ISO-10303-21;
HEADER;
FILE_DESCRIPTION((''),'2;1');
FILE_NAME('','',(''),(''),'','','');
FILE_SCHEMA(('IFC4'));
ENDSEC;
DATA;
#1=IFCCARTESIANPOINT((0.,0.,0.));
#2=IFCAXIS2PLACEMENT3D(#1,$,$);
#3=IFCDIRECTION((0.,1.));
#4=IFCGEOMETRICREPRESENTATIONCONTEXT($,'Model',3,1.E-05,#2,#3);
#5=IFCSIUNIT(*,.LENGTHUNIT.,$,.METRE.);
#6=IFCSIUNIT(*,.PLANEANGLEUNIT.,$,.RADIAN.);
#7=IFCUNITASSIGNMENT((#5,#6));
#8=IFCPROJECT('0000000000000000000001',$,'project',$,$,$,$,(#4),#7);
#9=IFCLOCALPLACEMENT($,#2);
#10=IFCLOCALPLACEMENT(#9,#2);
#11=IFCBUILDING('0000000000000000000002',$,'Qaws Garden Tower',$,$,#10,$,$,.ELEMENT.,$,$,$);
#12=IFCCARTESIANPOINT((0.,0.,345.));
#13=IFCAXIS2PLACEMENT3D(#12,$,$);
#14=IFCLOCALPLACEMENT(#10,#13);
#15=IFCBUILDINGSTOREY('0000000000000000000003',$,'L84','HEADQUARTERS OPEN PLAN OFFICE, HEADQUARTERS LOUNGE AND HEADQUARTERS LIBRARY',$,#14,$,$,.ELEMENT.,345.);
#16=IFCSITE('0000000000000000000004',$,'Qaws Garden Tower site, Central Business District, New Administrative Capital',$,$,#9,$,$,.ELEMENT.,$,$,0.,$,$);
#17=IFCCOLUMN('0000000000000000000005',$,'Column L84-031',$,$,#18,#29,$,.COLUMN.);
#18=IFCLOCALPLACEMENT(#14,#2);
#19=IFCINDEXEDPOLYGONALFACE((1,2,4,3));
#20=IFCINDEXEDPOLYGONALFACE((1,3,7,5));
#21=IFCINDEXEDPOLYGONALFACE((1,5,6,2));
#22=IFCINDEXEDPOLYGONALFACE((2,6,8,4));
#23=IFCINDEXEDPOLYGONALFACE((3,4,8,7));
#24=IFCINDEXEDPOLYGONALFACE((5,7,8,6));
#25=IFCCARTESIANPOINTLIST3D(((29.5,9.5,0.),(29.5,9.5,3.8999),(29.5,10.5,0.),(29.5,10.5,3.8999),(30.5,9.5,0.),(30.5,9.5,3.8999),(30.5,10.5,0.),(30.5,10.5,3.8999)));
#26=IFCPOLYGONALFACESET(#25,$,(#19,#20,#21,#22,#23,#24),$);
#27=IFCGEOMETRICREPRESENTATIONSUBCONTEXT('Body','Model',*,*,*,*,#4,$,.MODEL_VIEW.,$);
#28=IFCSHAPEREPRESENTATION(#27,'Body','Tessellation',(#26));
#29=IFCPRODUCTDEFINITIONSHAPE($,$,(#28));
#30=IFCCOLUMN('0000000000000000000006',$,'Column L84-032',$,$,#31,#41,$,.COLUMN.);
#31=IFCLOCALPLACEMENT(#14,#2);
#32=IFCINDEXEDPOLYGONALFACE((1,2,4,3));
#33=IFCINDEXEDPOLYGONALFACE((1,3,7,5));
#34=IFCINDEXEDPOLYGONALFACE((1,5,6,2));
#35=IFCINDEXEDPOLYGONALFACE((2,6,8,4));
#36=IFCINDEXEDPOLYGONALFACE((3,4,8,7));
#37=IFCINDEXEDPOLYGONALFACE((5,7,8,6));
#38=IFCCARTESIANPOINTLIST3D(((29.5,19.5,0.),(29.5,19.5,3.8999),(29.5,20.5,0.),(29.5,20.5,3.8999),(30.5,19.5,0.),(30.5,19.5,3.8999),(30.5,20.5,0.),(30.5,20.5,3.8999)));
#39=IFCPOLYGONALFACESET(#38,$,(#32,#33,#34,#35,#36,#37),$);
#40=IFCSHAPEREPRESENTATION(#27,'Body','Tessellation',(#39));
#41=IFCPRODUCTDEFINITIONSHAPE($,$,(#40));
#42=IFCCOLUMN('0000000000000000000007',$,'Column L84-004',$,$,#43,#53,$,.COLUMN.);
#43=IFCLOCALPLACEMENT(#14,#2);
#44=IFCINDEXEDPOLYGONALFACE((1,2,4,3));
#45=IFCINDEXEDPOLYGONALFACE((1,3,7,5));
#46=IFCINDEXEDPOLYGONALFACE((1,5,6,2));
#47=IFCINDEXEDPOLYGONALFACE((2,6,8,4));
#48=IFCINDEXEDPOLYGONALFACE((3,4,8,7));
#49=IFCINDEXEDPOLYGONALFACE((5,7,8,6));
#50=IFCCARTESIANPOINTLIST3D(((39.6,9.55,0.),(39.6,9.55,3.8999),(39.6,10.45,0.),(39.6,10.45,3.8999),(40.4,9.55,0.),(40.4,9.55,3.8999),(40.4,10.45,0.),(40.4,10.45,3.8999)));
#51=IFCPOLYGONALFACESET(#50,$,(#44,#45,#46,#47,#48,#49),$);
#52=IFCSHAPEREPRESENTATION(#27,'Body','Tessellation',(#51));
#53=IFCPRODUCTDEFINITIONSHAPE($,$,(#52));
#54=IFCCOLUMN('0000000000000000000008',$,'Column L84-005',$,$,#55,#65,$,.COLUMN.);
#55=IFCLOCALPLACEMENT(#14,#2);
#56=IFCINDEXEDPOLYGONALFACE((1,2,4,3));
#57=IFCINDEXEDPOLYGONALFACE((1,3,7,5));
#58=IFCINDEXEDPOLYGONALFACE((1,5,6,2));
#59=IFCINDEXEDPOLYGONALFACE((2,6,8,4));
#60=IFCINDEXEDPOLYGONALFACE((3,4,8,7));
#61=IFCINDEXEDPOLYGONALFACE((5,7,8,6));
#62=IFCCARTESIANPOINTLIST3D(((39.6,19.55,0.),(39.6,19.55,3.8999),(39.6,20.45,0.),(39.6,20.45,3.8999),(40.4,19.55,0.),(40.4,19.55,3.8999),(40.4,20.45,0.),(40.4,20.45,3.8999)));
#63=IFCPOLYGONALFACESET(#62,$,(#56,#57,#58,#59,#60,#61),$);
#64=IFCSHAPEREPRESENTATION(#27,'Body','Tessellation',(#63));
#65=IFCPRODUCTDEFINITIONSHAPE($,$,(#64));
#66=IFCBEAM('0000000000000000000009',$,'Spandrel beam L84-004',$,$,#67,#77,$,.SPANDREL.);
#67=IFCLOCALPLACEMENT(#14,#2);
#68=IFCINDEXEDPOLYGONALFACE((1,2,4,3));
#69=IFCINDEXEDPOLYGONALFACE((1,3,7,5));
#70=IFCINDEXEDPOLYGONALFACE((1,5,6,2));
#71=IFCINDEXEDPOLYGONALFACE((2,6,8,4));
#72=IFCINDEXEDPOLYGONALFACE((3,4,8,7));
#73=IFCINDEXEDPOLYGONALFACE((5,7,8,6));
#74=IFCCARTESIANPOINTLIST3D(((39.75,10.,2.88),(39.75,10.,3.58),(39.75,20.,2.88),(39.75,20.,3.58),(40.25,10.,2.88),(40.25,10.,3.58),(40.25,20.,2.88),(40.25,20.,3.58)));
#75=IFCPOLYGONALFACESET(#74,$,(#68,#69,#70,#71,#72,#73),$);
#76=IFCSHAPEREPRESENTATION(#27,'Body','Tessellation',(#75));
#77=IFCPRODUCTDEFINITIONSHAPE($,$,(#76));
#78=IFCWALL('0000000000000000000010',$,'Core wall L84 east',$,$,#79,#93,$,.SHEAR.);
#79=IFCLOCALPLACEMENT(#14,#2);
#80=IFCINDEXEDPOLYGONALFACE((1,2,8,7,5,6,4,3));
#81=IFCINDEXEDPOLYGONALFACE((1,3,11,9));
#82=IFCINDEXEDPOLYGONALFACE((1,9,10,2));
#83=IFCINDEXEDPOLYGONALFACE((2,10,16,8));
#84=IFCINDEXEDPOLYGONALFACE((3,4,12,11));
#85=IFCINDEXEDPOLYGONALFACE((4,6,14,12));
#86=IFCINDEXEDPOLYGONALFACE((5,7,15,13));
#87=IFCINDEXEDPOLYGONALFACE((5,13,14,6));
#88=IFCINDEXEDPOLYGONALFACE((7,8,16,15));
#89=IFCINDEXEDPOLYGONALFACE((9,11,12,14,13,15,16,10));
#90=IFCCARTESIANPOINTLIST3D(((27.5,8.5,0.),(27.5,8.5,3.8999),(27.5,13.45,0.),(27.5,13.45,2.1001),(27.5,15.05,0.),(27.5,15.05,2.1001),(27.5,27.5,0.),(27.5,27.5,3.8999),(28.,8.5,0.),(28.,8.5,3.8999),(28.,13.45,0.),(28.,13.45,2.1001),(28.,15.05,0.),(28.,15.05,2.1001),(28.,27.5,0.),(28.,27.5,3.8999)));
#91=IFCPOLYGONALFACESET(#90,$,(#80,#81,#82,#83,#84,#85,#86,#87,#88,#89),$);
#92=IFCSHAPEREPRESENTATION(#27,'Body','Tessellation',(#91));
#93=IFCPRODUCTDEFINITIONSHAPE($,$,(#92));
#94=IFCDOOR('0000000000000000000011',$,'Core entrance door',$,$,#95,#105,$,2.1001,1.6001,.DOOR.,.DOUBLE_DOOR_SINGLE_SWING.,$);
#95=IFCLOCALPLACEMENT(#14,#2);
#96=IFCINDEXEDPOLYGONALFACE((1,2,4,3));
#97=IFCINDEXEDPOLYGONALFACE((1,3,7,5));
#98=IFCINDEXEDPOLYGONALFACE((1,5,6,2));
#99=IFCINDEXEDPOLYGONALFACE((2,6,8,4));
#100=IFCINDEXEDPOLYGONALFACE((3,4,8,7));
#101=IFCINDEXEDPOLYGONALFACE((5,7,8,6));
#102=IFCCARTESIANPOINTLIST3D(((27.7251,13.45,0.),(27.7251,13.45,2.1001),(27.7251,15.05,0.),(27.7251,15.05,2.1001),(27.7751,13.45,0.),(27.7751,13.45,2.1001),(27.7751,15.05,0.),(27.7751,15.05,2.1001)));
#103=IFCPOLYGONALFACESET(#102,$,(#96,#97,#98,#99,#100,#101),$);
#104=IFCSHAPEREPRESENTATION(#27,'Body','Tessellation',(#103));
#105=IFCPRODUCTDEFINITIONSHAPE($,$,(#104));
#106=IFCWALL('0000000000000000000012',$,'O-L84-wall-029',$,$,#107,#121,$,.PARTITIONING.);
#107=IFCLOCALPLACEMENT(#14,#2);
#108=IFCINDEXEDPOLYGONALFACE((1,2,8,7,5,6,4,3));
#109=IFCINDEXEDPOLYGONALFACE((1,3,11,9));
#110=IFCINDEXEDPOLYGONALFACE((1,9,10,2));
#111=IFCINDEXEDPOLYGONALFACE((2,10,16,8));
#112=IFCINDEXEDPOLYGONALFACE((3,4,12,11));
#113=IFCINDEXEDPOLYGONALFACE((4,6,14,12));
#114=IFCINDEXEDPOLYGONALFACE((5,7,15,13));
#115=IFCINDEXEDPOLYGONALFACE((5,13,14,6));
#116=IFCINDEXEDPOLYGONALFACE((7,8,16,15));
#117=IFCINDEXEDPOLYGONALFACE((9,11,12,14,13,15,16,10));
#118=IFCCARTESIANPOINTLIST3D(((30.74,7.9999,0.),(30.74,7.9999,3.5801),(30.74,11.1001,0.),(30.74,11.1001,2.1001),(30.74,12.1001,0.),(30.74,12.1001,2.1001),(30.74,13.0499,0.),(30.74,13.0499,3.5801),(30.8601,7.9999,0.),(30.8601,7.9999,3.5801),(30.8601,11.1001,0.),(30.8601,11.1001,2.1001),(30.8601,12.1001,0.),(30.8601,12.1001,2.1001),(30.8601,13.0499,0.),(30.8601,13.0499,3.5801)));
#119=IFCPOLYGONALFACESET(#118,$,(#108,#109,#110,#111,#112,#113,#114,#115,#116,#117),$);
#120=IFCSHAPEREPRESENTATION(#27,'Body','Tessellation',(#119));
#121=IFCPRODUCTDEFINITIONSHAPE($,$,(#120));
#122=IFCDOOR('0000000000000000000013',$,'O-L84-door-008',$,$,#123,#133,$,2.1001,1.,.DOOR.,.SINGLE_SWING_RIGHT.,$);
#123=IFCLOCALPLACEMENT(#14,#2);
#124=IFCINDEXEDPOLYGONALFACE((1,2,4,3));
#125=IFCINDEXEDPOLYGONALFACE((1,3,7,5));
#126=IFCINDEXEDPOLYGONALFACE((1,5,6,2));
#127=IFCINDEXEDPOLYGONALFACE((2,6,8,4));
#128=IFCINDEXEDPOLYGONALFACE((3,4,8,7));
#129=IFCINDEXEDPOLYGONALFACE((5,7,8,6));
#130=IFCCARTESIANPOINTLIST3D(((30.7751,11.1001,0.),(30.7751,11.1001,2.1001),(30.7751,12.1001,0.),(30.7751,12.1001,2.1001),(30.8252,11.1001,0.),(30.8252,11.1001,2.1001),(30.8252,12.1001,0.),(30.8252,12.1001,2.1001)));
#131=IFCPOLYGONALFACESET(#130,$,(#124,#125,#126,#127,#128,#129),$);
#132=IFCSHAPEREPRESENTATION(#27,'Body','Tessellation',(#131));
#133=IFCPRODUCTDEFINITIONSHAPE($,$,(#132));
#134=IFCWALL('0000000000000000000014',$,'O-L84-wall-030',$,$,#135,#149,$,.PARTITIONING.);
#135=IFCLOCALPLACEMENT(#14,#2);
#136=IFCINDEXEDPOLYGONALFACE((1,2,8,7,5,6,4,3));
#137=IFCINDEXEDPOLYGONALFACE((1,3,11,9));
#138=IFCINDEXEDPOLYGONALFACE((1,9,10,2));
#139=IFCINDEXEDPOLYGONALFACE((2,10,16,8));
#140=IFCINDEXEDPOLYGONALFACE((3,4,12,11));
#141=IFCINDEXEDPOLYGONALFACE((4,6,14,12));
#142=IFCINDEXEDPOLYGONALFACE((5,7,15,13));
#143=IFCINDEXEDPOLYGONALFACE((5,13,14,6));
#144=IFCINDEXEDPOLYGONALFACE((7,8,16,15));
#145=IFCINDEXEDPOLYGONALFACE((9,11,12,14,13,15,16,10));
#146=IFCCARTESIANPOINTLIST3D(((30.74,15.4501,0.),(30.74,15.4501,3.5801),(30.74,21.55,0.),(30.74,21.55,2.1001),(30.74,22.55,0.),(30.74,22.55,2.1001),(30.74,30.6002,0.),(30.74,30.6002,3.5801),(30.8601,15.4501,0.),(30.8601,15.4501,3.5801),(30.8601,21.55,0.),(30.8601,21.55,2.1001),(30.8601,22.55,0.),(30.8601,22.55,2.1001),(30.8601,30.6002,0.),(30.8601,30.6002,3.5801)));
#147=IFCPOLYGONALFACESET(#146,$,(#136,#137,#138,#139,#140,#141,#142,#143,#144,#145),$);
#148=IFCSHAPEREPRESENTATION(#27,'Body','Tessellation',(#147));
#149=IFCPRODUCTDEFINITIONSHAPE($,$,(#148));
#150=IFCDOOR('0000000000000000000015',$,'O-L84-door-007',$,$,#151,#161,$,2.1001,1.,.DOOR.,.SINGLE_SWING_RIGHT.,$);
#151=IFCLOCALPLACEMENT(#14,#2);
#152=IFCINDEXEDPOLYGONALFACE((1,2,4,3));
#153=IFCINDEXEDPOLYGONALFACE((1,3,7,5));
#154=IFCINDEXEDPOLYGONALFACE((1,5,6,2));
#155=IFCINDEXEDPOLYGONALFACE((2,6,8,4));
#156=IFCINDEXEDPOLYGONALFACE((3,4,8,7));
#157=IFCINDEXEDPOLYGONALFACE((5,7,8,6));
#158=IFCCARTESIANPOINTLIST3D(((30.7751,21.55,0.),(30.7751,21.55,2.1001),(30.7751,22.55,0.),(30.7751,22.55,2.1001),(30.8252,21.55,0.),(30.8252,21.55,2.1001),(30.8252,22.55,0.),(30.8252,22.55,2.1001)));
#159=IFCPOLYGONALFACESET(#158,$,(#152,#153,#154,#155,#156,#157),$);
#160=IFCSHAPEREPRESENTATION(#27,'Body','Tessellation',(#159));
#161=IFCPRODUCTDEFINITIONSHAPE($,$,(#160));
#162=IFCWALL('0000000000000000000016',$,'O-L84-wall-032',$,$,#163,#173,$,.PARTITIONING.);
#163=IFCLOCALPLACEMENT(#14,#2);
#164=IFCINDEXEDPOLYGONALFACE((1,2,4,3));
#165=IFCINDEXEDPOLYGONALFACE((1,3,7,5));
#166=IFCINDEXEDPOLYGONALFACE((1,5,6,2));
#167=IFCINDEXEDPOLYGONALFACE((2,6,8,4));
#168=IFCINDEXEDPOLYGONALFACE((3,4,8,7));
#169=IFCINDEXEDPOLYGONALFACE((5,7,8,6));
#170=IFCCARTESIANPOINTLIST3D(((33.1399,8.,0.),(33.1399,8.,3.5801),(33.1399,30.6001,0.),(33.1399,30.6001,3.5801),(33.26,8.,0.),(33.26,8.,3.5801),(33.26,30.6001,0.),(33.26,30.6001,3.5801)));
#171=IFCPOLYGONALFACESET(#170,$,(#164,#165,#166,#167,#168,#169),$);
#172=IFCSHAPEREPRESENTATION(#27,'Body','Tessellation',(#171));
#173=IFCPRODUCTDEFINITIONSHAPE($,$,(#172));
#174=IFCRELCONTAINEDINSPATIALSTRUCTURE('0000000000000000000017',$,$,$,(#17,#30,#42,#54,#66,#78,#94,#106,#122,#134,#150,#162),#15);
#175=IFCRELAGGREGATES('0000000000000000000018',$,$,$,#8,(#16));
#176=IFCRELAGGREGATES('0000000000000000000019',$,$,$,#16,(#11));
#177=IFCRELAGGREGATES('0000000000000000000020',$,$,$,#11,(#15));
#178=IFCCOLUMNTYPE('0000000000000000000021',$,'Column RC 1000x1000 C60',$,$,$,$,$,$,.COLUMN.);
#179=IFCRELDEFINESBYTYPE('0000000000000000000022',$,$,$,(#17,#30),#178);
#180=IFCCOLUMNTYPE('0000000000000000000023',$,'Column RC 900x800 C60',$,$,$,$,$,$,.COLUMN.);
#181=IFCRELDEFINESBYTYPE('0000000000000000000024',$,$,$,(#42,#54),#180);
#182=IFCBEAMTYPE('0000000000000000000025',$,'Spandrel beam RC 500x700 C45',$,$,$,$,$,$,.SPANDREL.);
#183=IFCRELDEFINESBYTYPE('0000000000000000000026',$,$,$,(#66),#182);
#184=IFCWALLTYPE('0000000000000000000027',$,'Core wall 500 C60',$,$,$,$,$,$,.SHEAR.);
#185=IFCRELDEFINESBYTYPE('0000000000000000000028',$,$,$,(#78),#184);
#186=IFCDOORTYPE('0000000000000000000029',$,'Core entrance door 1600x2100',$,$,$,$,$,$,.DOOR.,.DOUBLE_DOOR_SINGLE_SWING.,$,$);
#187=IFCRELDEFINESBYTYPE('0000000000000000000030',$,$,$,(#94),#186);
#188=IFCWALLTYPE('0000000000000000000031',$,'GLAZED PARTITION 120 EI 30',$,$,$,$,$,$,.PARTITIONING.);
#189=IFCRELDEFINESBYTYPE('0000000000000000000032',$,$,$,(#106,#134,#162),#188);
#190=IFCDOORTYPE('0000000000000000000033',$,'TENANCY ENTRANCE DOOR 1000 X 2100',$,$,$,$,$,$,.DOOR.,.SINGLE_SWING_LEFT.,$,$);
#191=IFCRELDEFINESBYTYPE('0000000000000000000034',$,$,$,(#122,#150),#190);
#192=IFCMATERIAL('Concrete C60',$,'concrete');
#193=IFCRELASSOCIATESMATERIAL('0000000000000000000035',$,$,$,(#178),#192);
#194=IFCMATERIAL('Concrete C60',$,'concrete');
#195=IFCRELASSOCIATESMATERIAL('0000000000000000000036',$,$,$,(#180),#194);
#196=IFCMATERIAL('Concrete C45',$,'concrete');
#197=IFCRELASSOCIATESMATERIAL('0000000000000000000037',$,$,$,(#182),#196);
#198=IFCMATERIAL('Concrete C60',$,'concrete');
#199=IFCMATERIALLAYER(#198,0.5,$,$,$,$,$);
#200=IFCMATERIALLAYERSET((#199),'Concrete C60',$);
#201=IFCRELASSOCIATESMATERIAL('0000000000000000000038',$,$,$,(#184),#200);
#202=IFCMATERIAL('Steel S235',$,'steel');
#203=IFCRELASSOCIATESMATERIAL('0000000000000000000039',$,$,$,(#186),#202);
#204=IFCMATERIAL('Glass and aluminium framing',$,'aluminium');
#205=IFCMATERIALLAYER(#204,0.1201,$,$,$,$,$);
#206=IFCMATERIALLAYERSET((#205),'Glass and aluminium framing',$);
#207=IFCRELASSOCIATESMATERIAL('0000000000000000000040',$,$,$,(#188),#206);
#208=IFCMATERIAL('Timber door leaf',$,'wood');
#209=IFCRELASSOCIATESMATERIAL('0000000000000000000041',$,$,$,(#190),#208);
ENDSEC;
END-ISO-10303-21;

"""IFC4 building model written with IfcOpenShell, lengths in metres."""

from ifc_helpers import new_model, si_unit, direction, frame, frame_2d, origin, origin_2d, place, context, subcontext, project, spatial, rectangle, extrude, material, layer, layer_set, material_profile, profile_set, type_object, element, fill, save


model = new_model("IFC4")

# Units and contexts
model_context = context("Model", 3, precision=1e-05, world=origin(), true_north=direction((0.0, 1.0)))
body_context = subcontext(model_context, "Body", "Model", "MODEL_VIEW")
ifc_project = project(units=[si_unit("LENGTHUNIT", "METRE"), si_unit("PLANEANGLEUNIT", "RADIAN")], contexts=[model_context])

# Site, building, storey
site_placement = place(None, origin())
site = spatial("IfcSite", under=ifc_project, at=site_placement, Name="Qaws Garden Tower site, Central Business District, New Administrative Capital", CompositionType="ELEMENT", RefElevation=0.0)
building_placement = place(site_placement, origin())
building = spatial("IfcBuilding", under=site, at=building_placement, Name="Qaws Garden Tower", CompositionType="ELEMENT")
storey_placement = place(building_placement, frame((0.0, 0.0, 345.0)))
storey = spatial("IfcBuildingStorey", under=building, at=storey_placement, Name="L84", Description="HEADQUARTERS OPEN PLAN OFFICE, HEADQUARTERS LOUNGE AND HEADQUARTERS LIBRARY", CompositionType="ELEMENT", Elevation=345.0)

# Columns
ifc_material_1 = material(Name="Concrete C60", Category="concrete")
ifc_material_profile_1 = material_profile(ifc_material_1, rectangle(XDim=1.0, YDim=1.0, at=origin_2d()), Name="RC 1000x1000")
ifc_profile_set_1 = profile_set([ifc_material_profile_1], Name="Concrete C60")
column_type_1 = type_object("IfcColumnType", Name="Column RC 1000x1000 C60", PredefinedType="COLUMN", material=ifc_profile_set_1)
for number, where, z_axis, x_axis, name in (
    (1, (30.0, 10.0, 0.0), (0.0, 0.0, 1.0), (1.0, 0.0, 0.0), "Column L84-031"),
    (2, (30.0, 20.0, 0.0), (0.0, 0.0, 1.0), (1.0, 0.0, 0.0), "Column L84-032"),
):
    element("IfcColumn", number, at=place(storey_placement, frame(where, z_axis=z_axis, x_axis=x_axis)), inside=storey, type_object=column_type_1, Name=name, PredefinedType="COLUMN", context=body_context, shape_type="SweptSolid", body=[
        extrude(rectangle(XDim=1.0, YDim=1.0, at=origin_2d()), origin(), (0.0, 0.0, 1.0), 3.8999),
    ])
ifc_material_2 = material(Name="Concrete C60", Category="concrete")
ifc_material_profile_2 = material_profile(ifc_material_2, rectangle(XDim=0.8999, YDim=0.8, at=origin_2d()), Name="RC 900x800")
ifc_profile_set_2 = profile_set([ifc_material_profile_2], Name="Concrete C60")
column_type_2 = type_object("IfcColumnType", Name="Column RC 900x800 C60", PredefinedType="COLUMN", material=ifc_profile_set_2)
for number, where, z_axis, x_axis, name in (
    (3, (40.0, 10.0, 0.0), (0.0, 0.0, 1.0), (0.0, 1.0, 0.0), "Column L84-004"),
    (4, (40.0, 20.0, 0.0), (0.0, 0.0, 1.0), (0.0, 1.0, 0.0), "Column L84-005"),
):
    element("IfcColumn", number, at=place(storey_placement, frame(where, z_axis=z_axis, x_axis=x_axis)), inside=storey, type_object=column_type_2, Name=name, PredefinedType="COLUMN", context=body_context, shape_type="SweptSolid", body=[
        extrude(rectangle(XDim=0.8999, YDim=0.8, at=origin_2d()), origin(), (0.0, 0.0, 1.0), 3.8999),
    ])

# Beam
ifc_material_3 = material(Name="Concrete C45", Category="concrete")
ifc_material_profile_3 = material_profile(ifc_material_3, rectangle(XDim=0.5, YDim=0.7, at=origin_2d()), Name="RC 500x700")
ifc_profile_set_3 = profile_set([ifc_material_profile_3], Name="Concrete C45")
beam_type = type_object("IfcBeamType", Name="Spandrel beam RC 500x700 C45", PredefinedType="SPANDREL", material=ifc_profile_set_3)
beam_placement = place(storey_placement, frame((40.0, 10.0, 3.23), z_axis=(0.0, 1.0, 0.0), x_axis=(-1.0, 0.0, 0.0)))
element("IfcBeam", 5, at=beam_placement, inside=storey, type_object=beam_type, Name="Spandrel beam L84-004", PredefinedType="SPANDREL", context=body_context, shape_type="SweptSolid", body=[
    extrude(rectangle(XDim=0.5, YDim=0.7, at=origin_2d()), origin(), (0.0, 0.0, 1.0), 10.0),
])

# Walls, openings, doors
ifc_material_4 = material(Name="Concrete C60", Category="concrete")
ifc_layer_1 = layer(ifc_material_4, 0.5)
ifc_layer_set_1 = layer_set([ifc_layer_1], Name="Concrete C60")
wall_type_1 = type_object("IfcWallType", Name="Core wall 500 C60", PredefinedType="SHEAR", material=ifc_layer_set_1)
wall_1_placement = place(storey_placement, frame((27.75, 8.5, 0.0), z_axis=(0.0, 0.0, 1.0), x_axis=(0.0, 1.0, 0.0)))
wall_1 = element("IfcWall", 6, at=wall_1_placement, inside=storey, type_object=wall_type_1, Name="Core wall L84 east", PredefinedType="SHEAR", context=body_context, shape_type="SweptSolid", body=[
    extrude(rectangle(XDim=19.0, YDim=0.5, at=frame_2d((9.5, 0.0))), origin(), (0.0, 0.0, 1.0), 3.8999),
])
opening_1_placement = place(wall_1_placement, frame((4.95, 0.0, 0.0)))
opening_1 = element("IfcOpeningElement", 7, at=opening_1_placement, cuts=wall_1, PredefinedType="OPENING", context=body_context, shape_type="SweptSolid", body=[
    extrude(rectangle(XDim=1.6001, YDim=2.1001, at=frame_2d((0.8, 1.05))), frame((0.0, 0.26, 0.0), z_axis=(0.0, -1.0, 0.0), x_axis=(1.0, 0.0, 0.0)), (0.0, 0.0, 1.0), 0.52),
])
ifc_material_5 = material(Name="Steel S235", Category="steel")
door_type_1 = type_object("IfcDoorType", Name="Core entrance door 1600x2100", OperationType="DOUBLE_DOOR_SINGLE_SWING", PredefinedType="DOOR", material=ifc_material_5)
door_1_placement = place(opening_1_placement, origin())
door_1 = element("IfcDoor", 8, at=door_1_placement, inside=storey, type_object=door_type_1, Name="Core entrance door", OperationType="DOUBLE_DOOR_SINGLE_SWING", OverallHeight=2.1001, OverallWidth=1.6001, PredefinedType="DOOR", context=body_context, shape_type="SweptSolid", body=[
    extrude(rectangle(XDim=1.6001, YDim=2.1001, at=frame_2d((0.8, 1.05))), frame((0.0, 0.0249, 0.0), z_axis=(0.0, -1.0, 0.0), x_axis=(1.0, 0.0, 0.0)), (0.0, 0.0, 1.0), 0.05),
])
fill(opening_1, door_1)
ifc_material_6 = material(Name="Glass and aluminium framing", Category="aluminium")
ifc_layer_2 = layer(ifc_material_6, 0.1201)
ifc_layer_set_2 = layer_set([ifc_layer_2], Name="Glass and aluminium framing")
wall_type_2 = type_object("IfcWallType", Name="GLAZED PARTITION 120 EI 30", PredefinedType="PARTITIONING", material=ifc_layer_set_2)
wall_2_placement = place(storey_placement, frame((30.8, 8.0, 0.0), z_axis=(0.0, 0.0, 1.0), x_axis=(0.0, 1.0, 0.0)))
wall_2 = element("IfcWall", 9, at=wall_2_placement, inside=storey, type_object=wall_type_2, Name="O-L84-wall-029", PredefinedType="PARTITIONING", context=body_context, shape_type="SweptSolid", body=[
    extrude(rectangle(XDim=5.05, YDim=0.1201, at=frame_2d((2.5249, 0.0))), origin(), (0.0, 0.0, 1.0), 3.5801),
])
opening_2_placement = place(wall_2_placement, frame((3.1001, 0.0, 0.0)))
opening_2 = element("IfcOpeningElement", 10, at=opening_2_placement, cuts=wall_2, PredefinedType="OPENING", context=body_context, shape_type="SweptSolid", body=[
    extrude(rectangle(XDim=1.0, YDim=2.1001, at=frame_2d((0.5, 1.05))), frame((0.0, 0.0701, 0.0), z_axis=(0.0, -1.0, 0.0), x_axis=(1.0, 0.0, 0.0)), (0.0, 0.0, 1.0), 0.1401),
])
ifc_material_7 = material(Name="Timber door leaf", Category="wood")
door_type_2 = type_object("IfcDoorType", Name="TENANCY ENTRANCE DOOR 1000 X 2100", OperationType="SINGLE_SWING_LEFT", PredefinedType="DOOR", material=ifc_material_7)
door_2_placement = place(opening_2_placement, origin())
door_2 = element("IfcDoor", 11, at=door_2_placement, inside=storey, type_object=door_type_2, Name="O-L84-door-008", OperationType="SINGLE_SWING_RIGHT", OverallHeight=2.1001, OverallWidth=1.0, PredefinedType="DOOR", context=body_context, shape_type="SweptSolid", body=[
    extrude(rectangle(XDim=1.0, YDim=2.1001, at=frame_2d((0.5, 1.05))), frame((0.0, 0.0249, 0.0), z_axis=(0.0, -1.0, 0.0), x_axis=(1.0, 0.0, 0.0)), (0.0, 0.0, 1.0), 0.05),
])
fill(opening_2, door_2)
wall_3_placement = place(storey_placement, frame((30.8, 15.45, 0.0), z_axis=(0.0, 0.0, 1.0), x_axis=(0.0, 1.0, 0.0)))
wall_3 = element("IfcWall", 12, at=wall_3_placement, inside=storey, type_object=wall_type_2, Name="O-L84-wall-030", PredefinedType="PARTITIONING", context=body_context, shape_type="SweptSolid", body=[
    extrude(rectangle(XDim=15.1501, YDim=0.1201, at=frame_2d((7.5752, 0.0))), origin(), (0.0, 0.0, 1.0), 3.5801),
])
opening_3_placement = place(wall_3_placement, frame((6.1001, 0.0, 0.0)))
opening_3 = element("IfcOpeningElement", 13, at=opening_3_placement, cuts=wall_3, PredefinedType="OPENING", context=body_context, shape_type="SweptSolid", body=[
    extrude(rectangle(XDim=1.0, YDim=2.1001, at=frame_2d((0.5, 1.05))), frame((0.0, 0.0701, 0.0), z_axis=(0.0, -1.0, 0.0), x_axis=(1.0, 0.0, 0.0)), (0.0, 0.0, 1.0), 0.1401),
])
door_3_placement = place(opening_3_placement, origin())
door_3 = element("IfcDoor", 14, at=door_3_placement, inside=storey, type_object=door_type_2, Name="O-L84-door-007", OperationType="SINGLE_SWING_RIGHT", OverallHeight=2.1001, OverallWidth=1.0, PredefinedType="DOOR", context=body_context, shape_type="SweptSolid", body=[
    extrude(rectangle(XDim=1.0, YDim=2.1001, at=frame_2d((0.5, 1.05))), frame((0.0, 0.0249, 0.0), z_axis=(0.0, -1.0, 0.0), x_axis=(1.0, 0.0, 0.0)), (0.0, 0.0, 1.0), 0.05),
])
fill(opening_3, door_3)

# Wall
wall_4_placement = place(storey_placement, frame((33.2, 8.0, 0.0), z_axis=(0.0, 0.0, 1.0), x_axis=(0.0, 1.0, 0.0)))
element("IfcWall", 15, at=wall_4_placement, inside=storey, type_object=wall_type_2, Name="O-L84-wall-032", PredefinedType="PARTITIONING", context=body_context, shape_type="SweptSolid", body=[
    extrude(rectangle(XDim=22.6001, YDim=0.1201, at=frame_2d((11.3, 0.0))), origin(), (0.0, 0.0, 1.0), 3.5801),
])

save(model, "model.ifc")
